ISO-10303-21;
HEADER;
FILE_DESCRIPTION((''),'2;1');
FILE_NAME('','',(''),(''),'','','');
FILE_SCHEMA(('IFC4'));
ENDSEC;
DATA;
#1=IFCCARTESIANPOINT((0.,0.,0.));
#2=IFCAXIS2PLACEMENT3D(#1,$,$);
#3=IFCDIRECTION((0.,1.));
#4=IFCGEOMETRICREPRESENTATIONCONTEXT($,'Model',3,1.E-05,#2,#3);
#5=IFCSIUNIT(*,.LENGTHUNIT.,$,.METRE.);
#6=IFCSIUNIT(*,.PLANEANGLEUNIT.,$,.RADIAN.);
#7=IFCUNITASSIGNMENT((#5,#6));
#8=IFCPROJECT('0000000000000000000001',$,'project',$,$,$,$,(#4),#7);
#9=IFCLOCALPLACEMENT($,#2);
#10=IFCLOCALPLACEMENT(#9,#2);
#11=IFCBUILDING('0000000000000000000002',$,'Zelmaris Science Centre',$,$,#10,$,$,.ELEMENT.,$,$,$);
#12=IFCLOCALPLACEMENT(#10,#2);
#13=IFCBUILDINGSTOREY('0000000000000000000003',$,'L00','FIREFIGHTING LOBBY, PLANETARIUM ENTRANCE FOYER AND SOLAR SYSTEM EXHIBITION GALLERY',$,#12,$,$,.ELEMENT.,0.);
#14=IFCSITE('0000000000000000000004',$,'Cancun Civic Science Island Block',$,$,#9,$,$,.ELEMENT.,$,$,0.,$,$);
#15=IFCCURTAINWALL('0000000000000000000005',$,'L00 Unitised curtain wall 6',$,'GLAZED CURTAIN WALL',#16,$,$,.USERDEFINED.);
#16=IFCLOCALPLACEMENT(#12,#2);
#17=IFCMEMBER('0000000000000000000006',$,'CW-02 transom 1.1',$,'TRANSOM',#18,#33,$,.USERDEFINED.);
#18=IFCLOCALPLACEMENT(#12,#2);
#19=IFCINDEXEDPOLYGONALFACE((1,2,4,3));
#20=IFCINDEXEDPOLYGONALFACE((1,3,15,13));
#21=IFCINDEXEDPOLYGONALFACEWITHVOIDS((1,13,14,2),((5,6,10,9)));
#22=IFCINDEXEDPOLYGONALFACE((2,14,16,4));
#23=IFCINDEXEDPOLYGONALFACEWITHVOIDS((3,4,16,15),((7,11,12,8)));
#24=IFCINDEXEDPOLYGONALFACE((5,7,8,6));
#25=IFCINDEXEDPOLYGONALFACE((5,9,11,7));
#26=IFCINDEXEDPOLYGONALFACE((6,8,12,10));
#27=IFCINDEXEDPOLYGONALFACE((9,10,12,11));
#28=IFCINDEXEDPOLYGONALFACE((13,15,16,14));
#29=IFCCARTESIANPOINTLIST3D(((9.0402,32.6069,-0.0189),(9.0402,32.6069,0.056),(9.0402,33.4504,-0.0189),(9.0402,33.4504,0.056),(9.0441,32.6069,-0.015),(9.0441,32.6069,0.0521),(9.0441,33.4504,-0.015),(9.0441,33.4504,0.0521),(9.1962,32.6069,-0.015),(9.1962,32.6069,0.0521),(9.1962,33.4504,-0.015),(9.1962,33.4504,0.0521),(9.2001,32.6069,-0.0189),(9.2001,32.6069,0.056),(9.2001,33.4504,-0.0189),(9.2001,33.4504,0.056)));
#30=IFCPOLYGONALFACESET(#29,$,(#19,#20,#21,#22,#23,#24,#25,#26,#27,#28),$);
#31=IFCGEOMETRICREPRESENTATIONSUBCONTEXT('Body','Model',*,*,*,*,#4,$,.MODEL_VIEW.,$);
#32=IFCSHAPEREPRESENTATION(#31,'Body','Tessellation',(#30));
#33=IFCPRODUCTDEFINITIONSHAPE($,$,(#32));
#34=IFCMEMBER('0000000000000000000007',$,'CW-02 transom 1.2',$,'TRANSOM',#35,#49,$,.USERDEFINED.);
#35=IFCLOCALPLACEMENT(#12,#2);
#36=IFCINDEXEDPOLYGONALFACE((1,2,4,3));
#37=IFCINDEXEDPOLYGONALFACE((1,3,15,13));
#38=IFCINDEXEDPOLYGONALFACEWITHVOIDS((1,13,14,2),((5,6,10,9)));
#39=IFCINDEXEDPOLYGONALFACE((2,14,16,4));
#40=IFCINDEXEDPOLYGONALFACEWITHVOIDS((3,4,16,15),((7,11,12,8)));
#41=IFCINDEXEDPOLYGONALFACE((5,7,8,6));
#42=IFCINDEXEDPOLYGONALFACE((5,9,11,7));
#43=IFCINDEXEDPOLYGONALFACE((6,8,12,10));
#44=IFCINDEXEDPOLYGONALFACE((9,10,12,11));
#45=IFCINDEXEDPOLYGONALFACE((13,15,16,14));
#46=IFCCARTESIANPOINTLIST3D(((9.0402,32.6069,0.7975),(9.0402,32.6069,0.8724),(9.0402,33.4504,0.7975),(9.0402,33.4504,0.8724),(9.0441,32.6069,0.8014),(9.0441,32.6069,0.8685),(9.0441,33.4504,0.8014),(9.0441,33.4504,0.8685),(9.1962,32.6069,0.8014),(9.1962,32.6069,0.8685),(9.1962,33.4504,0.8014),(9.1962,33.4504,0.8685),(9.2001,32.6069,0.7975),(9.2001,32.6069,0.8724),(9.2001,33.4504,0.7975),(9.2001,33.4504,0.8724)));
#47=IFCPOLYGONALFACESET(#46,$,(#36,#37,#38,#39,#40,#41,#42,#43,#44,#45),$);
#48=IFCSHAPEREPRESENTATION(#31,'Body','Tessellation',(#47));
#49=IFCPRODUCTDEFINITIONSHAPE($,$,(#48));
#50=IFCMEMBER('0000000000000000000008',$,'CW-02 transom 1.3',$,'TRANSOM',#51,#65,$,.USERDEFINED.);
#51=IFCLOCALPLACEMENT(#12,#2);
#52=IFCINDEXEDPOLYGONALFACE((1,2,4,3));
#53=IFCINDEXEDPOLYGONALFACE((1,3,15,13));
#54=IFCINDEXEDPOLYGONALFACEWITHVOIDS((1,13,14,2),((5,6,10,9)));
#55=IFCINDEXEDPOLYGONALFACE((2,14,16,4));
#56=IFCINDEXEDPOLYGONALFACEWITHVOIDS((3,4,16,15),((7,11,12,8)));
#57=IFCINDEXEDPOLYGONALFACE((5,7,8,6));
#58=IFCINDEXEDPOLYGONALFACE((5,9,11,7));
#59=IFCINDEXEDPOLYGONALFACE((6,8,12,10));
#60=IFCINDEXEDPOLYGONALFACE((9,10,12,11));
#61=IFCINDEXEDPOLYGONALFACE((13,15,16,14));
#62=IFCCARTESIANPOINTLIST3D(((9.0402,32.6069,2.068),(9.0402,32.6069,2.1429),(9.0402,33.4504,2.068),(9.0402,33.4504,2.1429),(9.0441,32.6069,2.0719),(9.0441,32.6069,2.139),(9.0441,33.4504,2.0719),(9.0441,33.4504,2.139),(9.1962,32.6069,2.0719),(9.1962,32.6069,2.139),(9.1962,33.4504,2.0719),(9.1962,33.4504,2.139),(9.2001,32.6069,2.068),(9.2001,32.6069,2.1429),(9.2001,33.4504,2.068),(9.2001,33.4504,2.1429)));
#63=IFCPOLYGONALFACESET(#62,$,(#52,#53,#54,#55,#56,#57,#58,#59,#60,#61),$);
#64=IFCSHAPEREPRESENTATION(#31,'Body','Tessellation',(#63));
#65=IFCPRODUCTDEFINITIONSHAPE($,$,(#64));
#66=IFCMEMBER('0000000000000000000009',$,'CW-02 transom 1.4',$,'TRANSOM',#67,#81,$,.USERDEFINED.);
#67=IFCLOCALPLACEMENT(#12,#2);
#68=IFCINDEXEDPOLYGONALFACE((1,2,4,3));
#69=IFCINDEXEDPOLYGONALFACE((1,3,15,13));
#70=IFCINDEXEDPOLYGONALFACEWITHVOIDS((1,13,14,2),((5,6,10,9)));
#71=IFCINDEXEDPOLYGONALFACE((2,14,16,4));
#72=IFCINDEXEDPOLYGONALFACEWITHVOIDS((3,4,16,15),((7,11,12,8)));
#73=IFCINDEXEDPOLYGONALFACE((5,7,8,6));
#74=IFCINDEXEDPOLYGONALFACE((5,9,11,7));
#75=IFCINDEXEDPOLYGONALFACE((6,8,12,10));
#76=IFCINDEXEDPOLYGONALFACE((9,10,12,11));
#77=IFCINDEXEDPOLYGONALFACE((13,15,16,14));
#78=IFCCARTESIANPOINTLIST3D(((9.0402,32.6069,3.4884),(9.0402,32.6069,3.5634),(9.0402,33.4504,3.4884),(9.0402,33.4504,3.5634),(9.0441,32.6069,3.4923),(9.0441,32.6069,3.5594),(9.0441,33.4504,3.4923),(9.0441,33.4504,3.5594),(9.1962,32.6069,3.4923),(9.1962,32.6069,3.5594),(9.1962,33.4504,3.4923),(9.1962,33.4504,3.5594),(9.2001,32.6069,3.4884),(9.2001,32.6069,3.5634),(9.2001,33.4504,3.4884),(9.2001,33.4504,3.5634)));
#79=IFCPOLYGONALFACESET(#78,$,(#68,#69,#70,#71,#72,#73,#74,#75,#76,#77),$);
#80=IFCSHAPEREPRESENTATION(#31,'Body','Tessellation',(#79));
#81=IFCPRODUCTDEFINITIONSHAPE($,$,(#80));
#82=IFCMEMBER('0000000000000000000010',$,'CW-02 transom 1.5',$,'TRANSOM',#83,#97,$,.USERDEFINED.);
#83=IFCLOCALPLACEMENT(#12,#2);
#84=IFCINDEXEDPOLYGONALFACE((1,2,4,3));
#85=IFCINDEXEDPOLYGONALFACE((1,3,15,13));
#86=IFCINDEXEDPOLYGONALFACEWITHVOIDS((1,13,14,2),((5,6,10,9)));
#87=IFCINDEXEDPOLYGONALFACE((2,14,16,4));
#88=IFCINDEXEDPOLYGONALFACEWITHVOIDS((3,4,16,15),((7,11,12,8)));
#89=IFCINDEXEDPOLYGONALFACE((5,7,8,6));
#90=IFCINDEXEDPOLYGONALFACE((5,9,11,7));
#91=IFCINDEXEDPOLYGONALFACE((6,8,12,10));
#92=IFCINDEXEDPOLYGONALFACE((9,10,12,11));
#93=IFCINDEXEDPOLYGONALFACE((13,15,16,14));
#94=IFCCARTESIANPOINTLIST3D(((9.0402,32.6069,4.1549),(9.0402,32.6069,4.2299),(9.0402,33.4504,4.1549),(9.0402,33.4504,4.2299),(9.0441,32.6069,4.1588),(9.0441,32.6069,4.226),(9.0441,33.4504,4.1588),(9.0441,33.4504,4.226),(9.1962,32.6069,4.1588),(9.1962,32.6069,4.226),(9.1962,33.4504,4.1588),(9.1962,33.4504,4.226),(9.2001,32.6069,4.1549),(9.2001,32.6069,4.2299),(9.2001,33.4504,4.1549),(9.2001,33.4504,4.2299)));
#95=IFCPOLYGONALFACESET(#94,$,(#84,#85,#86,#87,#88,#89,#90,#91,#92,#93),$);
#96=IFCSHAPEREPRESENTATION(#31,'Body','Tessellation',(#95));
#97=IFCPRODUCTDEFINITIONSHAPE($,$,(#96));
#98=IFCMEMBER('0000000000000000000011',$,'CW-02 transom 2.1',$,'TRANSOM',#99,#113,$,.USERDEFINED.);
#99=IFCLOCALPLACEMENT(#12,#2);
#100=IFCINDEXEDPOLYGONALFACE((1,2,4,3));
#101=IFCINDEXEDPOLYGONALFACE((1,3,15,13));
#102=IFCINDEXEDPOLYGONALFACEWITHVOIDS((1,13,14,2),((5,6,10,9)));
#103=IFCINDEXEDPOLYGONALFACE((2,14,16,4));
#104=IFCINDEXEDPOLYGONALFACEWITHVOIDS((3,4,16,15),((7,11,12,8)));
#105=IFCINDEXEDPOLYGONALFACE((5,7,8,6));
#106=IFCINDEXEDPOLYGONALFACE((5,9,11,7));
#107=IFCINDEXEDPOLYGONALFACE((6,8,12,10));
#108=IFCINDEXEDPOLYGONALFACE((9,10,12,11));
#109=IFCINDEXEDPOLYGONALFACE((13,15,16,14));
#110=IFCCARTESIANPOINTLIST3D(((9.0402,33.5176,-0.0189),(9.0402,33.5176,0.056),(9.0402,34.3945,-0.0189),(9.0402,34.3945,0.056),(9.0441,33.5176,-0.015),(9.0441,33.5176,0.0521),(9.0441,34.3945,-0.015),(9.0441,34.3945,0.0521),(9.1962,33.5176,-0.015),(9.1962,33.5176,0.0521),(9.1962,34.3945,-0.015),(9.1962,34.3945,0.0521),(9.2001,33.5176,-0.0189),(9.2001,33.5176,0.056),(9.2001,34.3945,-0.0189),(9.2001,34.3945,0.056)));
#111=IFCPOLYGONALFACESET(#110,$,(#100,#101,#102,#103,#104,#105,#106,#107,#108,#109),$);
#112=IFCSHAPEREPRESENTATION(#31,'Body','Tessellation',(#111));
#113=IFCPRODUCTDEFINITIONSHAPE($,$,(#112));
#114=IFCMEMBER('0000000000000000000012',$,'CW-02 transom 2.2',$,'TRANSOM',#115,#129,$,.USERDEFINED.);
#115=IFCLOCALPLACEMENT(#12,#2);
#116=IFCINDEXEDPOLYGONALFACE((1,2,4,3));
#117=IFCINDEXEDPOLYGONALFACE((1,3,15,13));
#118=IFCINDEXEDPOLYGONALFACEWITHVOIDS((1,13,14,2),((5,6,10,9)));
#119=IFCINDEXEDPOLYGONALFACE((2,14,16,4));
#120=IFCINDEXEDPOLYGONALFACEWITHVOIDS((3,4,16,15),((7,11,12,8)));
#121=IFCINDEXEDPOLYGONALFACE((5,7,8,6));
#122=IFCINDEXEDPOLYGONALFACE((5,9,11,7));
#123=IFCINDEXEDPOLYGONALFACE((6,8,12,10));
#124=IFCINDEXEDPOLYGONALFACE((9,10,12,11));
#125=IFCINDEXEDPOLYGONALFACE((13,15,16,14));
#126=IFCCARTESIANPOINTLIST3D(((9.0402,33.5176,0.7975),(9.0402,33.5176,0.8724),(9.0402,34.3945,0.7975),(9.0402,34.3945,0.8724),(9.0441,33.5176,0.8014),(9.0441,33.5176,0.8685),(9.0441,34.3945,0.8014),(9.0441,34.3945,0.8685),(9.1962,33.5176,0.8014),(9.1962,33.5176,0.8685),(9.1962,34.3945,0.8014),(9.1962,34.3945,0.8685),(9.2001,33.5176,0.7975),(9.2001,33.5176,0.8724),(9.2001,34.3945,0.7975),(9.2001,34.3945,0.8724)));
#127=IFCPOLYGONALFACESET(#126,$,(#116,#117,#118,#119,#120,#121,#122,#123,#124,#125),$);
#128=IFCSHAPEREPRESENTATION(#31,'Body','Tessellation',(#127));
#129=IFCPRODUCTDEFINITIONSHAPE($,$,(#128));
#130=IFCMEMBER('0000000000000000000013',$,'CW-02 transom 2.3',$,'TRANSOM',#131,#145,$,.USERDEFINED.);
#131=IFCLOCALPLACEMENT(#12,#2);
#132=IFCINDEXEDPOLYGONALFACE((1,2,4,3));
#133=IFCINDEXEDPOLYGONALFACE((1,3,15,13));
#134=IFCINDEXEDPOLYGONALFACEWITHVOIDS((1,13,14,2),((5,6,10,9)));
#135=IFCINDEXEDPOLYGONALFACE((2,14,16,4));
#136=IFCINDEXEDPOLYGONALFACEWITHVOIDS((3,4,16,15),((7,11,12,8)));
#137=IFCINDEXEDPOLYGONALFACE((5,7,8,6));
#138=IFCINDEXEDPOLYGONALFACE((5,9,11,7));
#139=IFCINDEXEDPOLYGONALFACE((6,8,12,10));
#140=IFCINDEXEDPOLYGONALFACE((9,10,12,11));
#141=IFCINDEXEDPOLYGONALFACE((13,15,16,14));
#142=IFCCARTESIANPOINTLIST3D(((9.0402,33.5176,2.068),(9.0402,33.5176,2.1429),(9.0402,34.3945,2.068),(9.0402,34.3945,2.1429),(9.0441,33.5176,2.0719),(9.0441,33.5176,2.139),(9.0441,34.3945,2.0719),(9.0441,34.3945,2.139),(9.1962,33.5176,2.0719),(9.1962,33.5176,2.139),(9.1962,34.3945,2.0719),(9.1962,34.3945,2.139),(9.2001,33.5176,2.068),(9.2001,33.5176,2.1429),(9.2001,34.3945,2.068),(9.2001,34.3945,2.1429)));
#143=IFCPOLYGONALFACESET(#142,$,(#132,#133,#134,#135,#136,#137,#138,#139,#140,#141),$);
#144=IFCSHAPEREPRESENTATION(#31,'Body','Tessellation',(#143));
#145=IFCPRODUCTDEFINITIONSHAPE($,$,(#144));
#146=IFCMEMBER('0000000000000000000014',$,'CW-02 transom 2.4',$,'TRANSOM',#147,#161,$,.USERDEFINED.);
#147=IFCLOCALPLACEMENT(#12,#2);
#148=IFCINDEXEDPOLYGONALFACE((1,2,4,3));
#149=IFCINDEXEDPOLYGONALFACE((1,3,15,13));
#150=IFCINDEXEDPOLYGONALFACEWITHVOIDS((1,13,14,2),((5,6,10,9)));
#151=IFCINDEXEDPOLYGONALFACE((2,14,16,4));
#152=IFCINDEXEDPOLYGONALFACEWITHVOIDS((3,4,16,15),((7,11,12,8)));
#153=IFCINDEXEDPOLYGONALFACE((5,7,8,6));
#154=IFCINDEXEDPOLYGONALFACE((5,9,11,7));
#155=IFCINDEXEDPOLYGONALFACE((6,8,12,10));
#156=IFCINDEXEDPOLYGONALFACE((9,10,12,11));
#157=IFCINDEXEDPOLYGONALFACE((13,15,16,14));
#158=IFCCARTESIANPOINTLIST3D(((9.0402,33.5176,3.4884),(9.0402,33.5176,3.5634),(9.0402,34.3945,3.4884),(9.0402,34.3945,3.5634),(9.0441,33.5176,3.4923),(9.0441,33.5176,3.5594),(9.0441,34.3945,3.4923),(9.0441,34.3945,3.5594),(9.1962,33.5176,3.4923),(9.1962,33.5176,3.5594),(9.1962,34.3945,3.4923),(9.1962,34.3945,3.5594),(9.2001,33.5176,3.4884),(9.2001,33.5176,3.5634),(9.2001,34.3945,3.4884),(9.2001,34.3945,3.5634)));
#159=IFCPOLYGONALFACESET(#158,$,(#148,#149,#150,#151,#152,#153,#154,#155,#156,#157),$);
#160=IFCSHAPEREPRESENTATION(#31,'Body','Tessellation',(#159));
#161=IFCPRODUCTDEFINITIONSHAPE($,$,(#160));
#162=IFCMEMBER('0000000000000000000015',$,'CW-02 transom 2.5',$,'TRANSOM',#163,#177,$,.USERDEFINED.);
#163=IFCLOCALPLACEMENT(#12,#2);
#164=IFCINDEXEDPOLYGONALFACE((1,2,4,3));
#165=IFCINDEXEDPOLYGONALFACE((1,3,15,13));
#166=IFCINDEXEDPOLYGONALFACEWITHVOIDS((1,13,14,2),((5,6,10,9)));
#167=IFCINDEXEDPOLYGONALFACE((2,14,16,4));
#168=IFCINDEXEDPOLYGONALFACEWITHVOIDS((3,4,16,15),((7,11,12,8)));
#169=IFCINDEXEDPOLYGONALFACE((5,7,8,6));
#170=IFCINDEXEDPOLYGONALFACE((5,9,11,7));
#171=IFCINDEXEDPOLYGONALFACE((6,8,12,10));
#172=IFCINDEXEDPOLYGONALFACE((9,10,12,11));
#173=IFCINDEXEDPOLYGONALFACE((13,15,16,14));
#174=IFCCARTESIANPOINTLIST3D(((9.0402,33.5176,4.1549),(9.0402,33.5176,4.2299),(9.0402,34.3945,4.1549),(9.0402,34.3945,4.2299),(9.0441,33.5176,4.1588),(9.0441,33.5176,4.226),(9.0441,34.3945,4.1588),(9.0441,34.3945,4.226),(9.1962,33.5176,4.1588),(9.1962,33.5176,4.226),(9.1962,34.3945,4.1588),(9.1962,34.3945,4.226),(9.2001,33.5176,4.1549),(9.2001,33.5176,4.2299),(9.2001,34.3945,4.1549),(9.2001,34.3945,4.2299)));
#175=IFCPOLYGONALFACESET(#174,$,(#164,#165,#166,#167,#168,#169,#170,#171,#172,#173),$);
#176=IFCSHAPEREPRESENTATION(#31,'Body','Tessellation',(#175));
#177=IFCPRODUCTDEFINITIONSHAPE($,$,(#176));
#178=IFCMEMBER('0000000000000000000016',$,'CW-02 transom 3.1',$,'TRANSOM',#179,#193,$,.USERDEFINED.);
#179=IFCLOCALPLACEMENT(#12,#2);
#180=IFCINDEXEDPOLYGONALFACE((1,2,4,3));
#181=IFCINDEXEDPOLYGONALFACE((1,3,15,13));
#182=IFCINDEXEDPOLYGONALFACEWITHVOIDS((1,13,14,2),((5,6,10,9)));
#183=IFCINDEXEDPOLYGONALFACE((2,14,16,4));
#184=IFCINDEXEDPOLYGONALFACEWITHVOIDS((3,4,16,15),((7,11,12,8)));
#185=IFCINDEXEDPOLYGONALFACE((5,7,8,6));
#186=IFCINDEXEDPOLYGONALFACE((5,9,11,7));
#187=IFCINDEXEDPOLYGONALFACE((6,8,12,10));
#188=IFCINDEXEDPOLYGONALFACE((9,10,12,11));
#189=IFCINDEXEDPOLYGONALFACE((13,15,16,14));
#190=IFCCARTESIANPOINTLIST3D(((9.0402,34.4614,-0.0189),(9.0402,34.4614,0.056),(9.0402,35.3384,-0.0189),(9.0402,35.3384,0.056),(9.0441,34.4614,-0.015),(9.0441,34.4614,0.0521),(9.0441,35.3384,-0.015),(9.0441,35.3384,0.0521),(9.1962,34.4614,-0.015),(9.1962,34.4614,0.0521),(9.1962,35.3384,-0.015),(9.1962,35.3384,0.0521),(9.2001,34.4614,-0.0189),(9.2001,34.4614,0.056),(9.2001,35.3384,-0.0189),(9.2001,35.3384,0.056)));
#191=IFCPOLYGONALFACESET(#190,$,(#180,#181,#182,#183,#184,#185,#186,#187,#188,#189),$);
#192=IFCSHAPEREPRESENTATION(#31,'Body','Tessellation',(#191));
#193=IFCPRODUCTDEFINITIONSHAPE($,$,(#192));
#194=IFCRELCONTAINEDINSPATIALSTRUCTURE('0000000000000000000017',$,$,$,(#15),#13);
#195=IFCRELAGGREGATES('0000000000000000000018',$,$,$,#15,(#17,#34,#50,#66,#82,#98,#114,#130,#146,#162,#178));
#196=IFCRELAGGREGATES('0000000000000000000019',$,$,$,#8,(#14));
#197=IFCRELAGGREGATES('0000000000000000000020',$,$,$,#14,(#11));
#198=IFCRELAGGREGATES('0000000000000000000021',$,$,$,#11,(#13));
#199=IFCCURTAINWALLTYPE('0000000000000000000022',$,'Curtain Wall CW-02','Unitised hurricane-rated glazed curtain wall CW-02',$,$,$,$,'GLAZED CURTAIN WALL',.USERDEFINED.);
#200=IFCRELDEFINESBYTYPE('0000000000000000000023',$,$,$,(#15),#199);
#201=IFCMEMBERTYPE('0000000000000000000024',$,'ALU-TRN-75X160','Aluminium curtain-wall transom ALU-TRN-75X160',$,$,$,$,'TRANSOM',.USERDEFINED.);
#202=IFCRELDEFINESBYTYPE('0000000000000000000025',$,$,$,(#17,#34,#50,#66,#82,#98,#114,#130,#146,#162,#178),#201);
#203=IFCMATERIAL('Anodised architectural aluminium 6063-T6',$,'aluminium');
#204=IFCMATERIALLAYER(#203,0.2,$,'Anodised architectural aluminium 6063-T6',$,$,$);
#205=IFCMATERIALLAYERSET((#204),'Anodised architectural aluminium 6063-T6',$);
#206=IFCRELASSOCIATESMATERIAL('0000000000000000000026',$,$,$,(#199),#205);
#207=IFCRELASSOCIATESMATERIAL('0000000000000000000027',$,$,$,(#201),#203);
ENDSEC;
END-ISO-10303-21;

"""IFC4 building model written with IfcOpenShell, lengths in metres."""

from ifc_helpers import new_model, si_unit, direction, frame, origin, origin_2d, place, context, subcontext, project, spatial, hollow_rectangle, extrude, material, layer, layer_set, material_profile, profile_set, type_object, element, aggregate, save


model = new_model("IFC4")

# Units and contexts
model_context = context("Model", 3, precision=1e-05, world=origin(), true_north=direction((0.0, 1.0)))
body_context = subcontext(model_context, "Body", "Model", "MODEL_VIEW")
ifc_project = project(units=[si_unit("LENGTHUNIT", "METRE"), si_unit("PLANEANGLEUNIT", "RADIAN")], contexts=[model_context])

# Site, building, storey
site_placement = place(None, origin())
site = spatial("IfcSite", under=ifc_project, at=site_placement, Name="Cancun Civic Science Island Block", CompositionType="ELEMENT", RefElevation=0.0)
building_placement = place(site_placement, origin())
building = spatial("IfcBuilding", under=site, at=building_placement, Name="Zelmaris Science Centre", CompositionType="ELEMENT")
storey_placement = place(building_placement, origin())
storey = spatial("IfcBuildingStorey", under=building, at=storey_placement, Name="L00", Description="FIREFIGHTING LOBBY, PLANETARIUM ENTRANCE FOYER AND SOLAR SYSTEM EXHIBITION GALLERY", CompositionType="ELEMENT", Elevation=0.0)

# Shared definitions
ifc_material_1 = material(Name="Anodised architectural aluminium 6063-T6", Category="aluminium")

# Curtain wall
ifc_layer_1 = layer(ifc_material_1, 0.2, Name="Anodised architectural aluminium 6063-T6")
ifc_layer_set_1 = layer_set([ifc_layer_1], Name="Anodised architectural aluminium 6063-T6")
curtain_wall_type_1 = type_object("IfcCurtainWallType", Name="Curtain Wall CW-02", Description="Unitised hurricane-rated glazed curtain wall CW-02", ElementType="GLAZED CURTAIN WALL", PredefinedType="USERDEFINED", material=ifc_layer_set_1)
curtain_wall_1_placement = place(storey_placement, origin())
curtain_wall_1 = element("IfcCurtainWall", 1, at=curtain_wall_1_placement, inside=storey, type_object=curtain_wall_type_1, Name="L00 Unitised curtain wall 6", ObjectType="GLAZED CURTAIN WALL", PredefinedType="USERDEFINED")

# Members
ifc_material_profile_1 = material_profile(ifc_material_1, hollow_rectangle(XDim=0.075, YDim=0.1599, WallThickness=0.0039, at=origin_2d()), Name="ALU-TRN-75X160")
ifc_profile_set_1 = profile_set([ifc_material_profile_1], Name="Anodised architectural aluminium 6063-T6")
member_type_1 = type_object("IfcMemberType", Name="ALU-TRN-75X160", Description="Aluminium curtain-wall transom ALU-TRN-75X160", ElementType="TRANSOM", PredefinedType="USERDEFINED", material=ifc_profile_set_1)
member_1_placement = place(storey_placement, frame((9.1201, 32.6069, 0.0186), z_axis=(0.0, 1.0, 0.0), x_axis=(0.0, 0.0, 1.0)))
member_1 = element("IfcMember", 2, at=member_1_placement, type_object=member_type_1, Name="CW-02 transom 1.1", ObjectType="TRANSOM", PredefinedType="USERDEFINED", context=body_context, shape_type="SweptSolid", body=[
    extrude(hollow_rectangle(XDim=0.075, YDim=0.1599, WallThickness=0.0039, at=origin_2d()), origin(), (0.0, 0.0, 1.0), 0.8435),
])
member_2_placement = place(storey_placement, frame((9.1201, 32.6069, 0.835), z_axis=(0.0, 1.0, 0.0), x_axis=(0.0, 0.0, 1.0)))
member_2 = element("IfcMember", 3, at=member_2_placement, type_object=member_type_1, Name="CW-02 transom 1.2", ObjectType="TRANSOM", PredefinedType="USERDEFINED", context=body_context, shape_type="SweptSolid", body=[
    extrude(hollow_rectangle(XDim=0.075, YDim=0.1599, WallThickness=0.0039, at=origin_2d()), origin(), (0.0, 0.0, 1.0), 0.8435),
])
member_3_placement = place(storey_placement, frame((9.1201, 32.6069, 2.1055), z_axis=(0.0, 1.0, 0.0), x_axis=(0.0, 0.0, 1.0)))
member_3 = element("IfcMember", 4, at=member_3_placement, type_object=member_type_1, Name="CW-02 transom 1.3", ObjectType="TRANSOM", PredefinedType="USERDEFINED", context=body_context, shape_type="SweptSolid", body=[
    extrude(hollow_rectangle(XDim=0.075, YDim=0.1599, WallThickness=0.0039, at=origin_2d()), origin(), (0.0, 0.0, 1.0), 0.8435),
])
member_4_placement = place(storey_placement, frame((9.1201, 32.6069, 3.5259), z_axis=(0.0, 1.0, 0.0), x_axis=(0.0, 0.0, 1.0)))
member_4 = element("IfcMember", 5, at=member_4_placement, type_object=member_type_1, Name="CW-02 transom 1.4", ObjectType="TRANSOM", PredefinedType="USERDEFINED", context=body_context, shape_type="SweptSolid", body=[
    extrude(hollow_rectangle(XDim=0.075, YDim=0.1599, WallThickness=0.0039, at=origin_2d()), origin(), (0.0, 0.0, 1.0), 0.8435),
])
member_5_placement = place(storey_placement, frame((9.1201, 32.6069, 4.1924), z_axis=(0.0, 1.0, 0.0), x_axis=(0.0, 0.0, 1.0)))
member_5 = element("IfcMember", 6, at=member_5_placement, type_object=member_type_1, Name="CW-02 transom 1.5", ObjectType="TRANSOM", PredefinedType="USERDEFINED", context=body_context, shape_type="SweptSolid", body=[
    extrude(hollow_rectangle(XDim=0.075, YDim=0.1599, WallThickness=0.0039, at=origin_2d()), origin(), (0.0, 0.0, 1.0), 0.8435),
])
member_6_placement = place(storey_placement, frame((9.1201, 33.5176, 0.0186), z_axis=(0.0, 1.0, 0.0), x_axis=(0.0, 0.0, 1.0)))
member_6 = element("IfcMember", 7, at=member_6_placement, type_object=member_type_1, Name="CW-02 transom 2.1", ObjectType="TRANSOM", PredefinedType="USERDEFINED", context=body_context, shape_type="SweptSolid", body=[
    extrude(hollow_rectangle(XDim=0.075, YDim=0.1599, WallThickness=0.0039, at=origin_2d()), origin(), (0.0, 0.0, 1.0), 0.877),
])
member_7_placement = place(storey_placement, frame((9.1201, 33.5176, 0.835), z_axis=(0.0, 1.0, 0.0), x_axis=(0.0, 0.0, 1.0)))
member_7 = element("IfcMember", 8, at=member_7_placement, type_object=member_type_1, Name="CW-02 transom 2.2", ObjectType="TRANSOM", PredefinedType="USERDEFINED", context=body_context, shape_type="SweptSolid", body=[
    extrude(hollow_rectangle(XDim=0.075, YDim=0.1599, WallThickness=0.0039, at=origin_2d()), origin(), (0.0, 0.0, 1.0), 0.877),
])
member_8_placement = place(storey_placement, frame((9.1201, 33.5176, 2.1055), z_axis=(0.0, 1.0, 0.0), x_axis=(0.0, 0.0, 1.0)))
member_8 = element("IfcMember", 9, at=member_8_placement, type_object=member_type_1, Name="CW-02 transom 2.3", ObjectType="TRANSOM", PredefinedType="USERDEFINED", context=body_context, shape_type="SweptSolid", body=[
    extrude(hollow_rectangle(XDim=0.075, YDim=0.1599, WallThickness=0.0039, at=origin_2d()), origin(), (0.0, 0.0, 1.0), 0.877),
])
member_9_placement = place(storey_placement, frame((9.1201, 33.5176, 3.5259), z_axis=(0.0, 1.0, 0.0), x_axis=(0.0, 0.0, 1.0)))
member_9 = element("IfcMember", 10, at=member_9_placement, type_object=member_type_1, Name="CW-02 transom 2.4", ObjectType="TRANSOM", PredefinedType="USERDEFINED", context=body_context, shape_type="SweptSolid", body=[
    extrude(hollow_rectangle(XDim=0.075, YDim=0.1599, WallThickness=0.0039, at=origin_2d()), origin(), (0.0, 0.0, 1.0), 0.877),
])
member_10_placement = place(storey_placement, frame((9.1201, 33.5176, 4.1924), z_axis=(0.0, 1.0, 0.0), x_axis=(0.0, 0.0, 1.0)))
member_10 = element("IfcMember", 11, at=member_10_placement, type_object=member_type_1, Name="CW-02 transom 2.5", ObjectType="TRANSOM", PredefinedType="USERDEFINED", context=body_context, shape_type="SweptSolid", body=[
    extrude(hollow_rectangle(XDim=0.075, YDim=0.1599, WallThickness=0.0039, at=origin_2d()), origin(), (0.0, 0.0, 1.0), 0.877),
])
member_11_placement = place(storey_placement, frame((9.1201, 34.4614, 0.0186), z_axis=(0.0, 1.0, 0.0), x_axis=(0.0, 0.0, 1.0)))
member_11 = element("IfcMember", 12, at=member_11_placement, type_object=member_type_1, Name="CW-02 transom 3.1", ObjectType="TRANSOM", PredefinedType="USERDEFINED", context=body_context, shape_type="SweptSolid", body=[
    extrude(hollow_rectangle(XDim=0.075, YDim=0.1599, WallThickness=0.0039, at=origin_2d()), origin(), (0.0, 0.0, 1.0), 0.877),
])

aggregate(curtain_wall_1, [member_1, member_2, member_3, member_4, member_5, member_6, member_7, member_8, member_9, member_10, member_11])

save(model, "model.ifc")
